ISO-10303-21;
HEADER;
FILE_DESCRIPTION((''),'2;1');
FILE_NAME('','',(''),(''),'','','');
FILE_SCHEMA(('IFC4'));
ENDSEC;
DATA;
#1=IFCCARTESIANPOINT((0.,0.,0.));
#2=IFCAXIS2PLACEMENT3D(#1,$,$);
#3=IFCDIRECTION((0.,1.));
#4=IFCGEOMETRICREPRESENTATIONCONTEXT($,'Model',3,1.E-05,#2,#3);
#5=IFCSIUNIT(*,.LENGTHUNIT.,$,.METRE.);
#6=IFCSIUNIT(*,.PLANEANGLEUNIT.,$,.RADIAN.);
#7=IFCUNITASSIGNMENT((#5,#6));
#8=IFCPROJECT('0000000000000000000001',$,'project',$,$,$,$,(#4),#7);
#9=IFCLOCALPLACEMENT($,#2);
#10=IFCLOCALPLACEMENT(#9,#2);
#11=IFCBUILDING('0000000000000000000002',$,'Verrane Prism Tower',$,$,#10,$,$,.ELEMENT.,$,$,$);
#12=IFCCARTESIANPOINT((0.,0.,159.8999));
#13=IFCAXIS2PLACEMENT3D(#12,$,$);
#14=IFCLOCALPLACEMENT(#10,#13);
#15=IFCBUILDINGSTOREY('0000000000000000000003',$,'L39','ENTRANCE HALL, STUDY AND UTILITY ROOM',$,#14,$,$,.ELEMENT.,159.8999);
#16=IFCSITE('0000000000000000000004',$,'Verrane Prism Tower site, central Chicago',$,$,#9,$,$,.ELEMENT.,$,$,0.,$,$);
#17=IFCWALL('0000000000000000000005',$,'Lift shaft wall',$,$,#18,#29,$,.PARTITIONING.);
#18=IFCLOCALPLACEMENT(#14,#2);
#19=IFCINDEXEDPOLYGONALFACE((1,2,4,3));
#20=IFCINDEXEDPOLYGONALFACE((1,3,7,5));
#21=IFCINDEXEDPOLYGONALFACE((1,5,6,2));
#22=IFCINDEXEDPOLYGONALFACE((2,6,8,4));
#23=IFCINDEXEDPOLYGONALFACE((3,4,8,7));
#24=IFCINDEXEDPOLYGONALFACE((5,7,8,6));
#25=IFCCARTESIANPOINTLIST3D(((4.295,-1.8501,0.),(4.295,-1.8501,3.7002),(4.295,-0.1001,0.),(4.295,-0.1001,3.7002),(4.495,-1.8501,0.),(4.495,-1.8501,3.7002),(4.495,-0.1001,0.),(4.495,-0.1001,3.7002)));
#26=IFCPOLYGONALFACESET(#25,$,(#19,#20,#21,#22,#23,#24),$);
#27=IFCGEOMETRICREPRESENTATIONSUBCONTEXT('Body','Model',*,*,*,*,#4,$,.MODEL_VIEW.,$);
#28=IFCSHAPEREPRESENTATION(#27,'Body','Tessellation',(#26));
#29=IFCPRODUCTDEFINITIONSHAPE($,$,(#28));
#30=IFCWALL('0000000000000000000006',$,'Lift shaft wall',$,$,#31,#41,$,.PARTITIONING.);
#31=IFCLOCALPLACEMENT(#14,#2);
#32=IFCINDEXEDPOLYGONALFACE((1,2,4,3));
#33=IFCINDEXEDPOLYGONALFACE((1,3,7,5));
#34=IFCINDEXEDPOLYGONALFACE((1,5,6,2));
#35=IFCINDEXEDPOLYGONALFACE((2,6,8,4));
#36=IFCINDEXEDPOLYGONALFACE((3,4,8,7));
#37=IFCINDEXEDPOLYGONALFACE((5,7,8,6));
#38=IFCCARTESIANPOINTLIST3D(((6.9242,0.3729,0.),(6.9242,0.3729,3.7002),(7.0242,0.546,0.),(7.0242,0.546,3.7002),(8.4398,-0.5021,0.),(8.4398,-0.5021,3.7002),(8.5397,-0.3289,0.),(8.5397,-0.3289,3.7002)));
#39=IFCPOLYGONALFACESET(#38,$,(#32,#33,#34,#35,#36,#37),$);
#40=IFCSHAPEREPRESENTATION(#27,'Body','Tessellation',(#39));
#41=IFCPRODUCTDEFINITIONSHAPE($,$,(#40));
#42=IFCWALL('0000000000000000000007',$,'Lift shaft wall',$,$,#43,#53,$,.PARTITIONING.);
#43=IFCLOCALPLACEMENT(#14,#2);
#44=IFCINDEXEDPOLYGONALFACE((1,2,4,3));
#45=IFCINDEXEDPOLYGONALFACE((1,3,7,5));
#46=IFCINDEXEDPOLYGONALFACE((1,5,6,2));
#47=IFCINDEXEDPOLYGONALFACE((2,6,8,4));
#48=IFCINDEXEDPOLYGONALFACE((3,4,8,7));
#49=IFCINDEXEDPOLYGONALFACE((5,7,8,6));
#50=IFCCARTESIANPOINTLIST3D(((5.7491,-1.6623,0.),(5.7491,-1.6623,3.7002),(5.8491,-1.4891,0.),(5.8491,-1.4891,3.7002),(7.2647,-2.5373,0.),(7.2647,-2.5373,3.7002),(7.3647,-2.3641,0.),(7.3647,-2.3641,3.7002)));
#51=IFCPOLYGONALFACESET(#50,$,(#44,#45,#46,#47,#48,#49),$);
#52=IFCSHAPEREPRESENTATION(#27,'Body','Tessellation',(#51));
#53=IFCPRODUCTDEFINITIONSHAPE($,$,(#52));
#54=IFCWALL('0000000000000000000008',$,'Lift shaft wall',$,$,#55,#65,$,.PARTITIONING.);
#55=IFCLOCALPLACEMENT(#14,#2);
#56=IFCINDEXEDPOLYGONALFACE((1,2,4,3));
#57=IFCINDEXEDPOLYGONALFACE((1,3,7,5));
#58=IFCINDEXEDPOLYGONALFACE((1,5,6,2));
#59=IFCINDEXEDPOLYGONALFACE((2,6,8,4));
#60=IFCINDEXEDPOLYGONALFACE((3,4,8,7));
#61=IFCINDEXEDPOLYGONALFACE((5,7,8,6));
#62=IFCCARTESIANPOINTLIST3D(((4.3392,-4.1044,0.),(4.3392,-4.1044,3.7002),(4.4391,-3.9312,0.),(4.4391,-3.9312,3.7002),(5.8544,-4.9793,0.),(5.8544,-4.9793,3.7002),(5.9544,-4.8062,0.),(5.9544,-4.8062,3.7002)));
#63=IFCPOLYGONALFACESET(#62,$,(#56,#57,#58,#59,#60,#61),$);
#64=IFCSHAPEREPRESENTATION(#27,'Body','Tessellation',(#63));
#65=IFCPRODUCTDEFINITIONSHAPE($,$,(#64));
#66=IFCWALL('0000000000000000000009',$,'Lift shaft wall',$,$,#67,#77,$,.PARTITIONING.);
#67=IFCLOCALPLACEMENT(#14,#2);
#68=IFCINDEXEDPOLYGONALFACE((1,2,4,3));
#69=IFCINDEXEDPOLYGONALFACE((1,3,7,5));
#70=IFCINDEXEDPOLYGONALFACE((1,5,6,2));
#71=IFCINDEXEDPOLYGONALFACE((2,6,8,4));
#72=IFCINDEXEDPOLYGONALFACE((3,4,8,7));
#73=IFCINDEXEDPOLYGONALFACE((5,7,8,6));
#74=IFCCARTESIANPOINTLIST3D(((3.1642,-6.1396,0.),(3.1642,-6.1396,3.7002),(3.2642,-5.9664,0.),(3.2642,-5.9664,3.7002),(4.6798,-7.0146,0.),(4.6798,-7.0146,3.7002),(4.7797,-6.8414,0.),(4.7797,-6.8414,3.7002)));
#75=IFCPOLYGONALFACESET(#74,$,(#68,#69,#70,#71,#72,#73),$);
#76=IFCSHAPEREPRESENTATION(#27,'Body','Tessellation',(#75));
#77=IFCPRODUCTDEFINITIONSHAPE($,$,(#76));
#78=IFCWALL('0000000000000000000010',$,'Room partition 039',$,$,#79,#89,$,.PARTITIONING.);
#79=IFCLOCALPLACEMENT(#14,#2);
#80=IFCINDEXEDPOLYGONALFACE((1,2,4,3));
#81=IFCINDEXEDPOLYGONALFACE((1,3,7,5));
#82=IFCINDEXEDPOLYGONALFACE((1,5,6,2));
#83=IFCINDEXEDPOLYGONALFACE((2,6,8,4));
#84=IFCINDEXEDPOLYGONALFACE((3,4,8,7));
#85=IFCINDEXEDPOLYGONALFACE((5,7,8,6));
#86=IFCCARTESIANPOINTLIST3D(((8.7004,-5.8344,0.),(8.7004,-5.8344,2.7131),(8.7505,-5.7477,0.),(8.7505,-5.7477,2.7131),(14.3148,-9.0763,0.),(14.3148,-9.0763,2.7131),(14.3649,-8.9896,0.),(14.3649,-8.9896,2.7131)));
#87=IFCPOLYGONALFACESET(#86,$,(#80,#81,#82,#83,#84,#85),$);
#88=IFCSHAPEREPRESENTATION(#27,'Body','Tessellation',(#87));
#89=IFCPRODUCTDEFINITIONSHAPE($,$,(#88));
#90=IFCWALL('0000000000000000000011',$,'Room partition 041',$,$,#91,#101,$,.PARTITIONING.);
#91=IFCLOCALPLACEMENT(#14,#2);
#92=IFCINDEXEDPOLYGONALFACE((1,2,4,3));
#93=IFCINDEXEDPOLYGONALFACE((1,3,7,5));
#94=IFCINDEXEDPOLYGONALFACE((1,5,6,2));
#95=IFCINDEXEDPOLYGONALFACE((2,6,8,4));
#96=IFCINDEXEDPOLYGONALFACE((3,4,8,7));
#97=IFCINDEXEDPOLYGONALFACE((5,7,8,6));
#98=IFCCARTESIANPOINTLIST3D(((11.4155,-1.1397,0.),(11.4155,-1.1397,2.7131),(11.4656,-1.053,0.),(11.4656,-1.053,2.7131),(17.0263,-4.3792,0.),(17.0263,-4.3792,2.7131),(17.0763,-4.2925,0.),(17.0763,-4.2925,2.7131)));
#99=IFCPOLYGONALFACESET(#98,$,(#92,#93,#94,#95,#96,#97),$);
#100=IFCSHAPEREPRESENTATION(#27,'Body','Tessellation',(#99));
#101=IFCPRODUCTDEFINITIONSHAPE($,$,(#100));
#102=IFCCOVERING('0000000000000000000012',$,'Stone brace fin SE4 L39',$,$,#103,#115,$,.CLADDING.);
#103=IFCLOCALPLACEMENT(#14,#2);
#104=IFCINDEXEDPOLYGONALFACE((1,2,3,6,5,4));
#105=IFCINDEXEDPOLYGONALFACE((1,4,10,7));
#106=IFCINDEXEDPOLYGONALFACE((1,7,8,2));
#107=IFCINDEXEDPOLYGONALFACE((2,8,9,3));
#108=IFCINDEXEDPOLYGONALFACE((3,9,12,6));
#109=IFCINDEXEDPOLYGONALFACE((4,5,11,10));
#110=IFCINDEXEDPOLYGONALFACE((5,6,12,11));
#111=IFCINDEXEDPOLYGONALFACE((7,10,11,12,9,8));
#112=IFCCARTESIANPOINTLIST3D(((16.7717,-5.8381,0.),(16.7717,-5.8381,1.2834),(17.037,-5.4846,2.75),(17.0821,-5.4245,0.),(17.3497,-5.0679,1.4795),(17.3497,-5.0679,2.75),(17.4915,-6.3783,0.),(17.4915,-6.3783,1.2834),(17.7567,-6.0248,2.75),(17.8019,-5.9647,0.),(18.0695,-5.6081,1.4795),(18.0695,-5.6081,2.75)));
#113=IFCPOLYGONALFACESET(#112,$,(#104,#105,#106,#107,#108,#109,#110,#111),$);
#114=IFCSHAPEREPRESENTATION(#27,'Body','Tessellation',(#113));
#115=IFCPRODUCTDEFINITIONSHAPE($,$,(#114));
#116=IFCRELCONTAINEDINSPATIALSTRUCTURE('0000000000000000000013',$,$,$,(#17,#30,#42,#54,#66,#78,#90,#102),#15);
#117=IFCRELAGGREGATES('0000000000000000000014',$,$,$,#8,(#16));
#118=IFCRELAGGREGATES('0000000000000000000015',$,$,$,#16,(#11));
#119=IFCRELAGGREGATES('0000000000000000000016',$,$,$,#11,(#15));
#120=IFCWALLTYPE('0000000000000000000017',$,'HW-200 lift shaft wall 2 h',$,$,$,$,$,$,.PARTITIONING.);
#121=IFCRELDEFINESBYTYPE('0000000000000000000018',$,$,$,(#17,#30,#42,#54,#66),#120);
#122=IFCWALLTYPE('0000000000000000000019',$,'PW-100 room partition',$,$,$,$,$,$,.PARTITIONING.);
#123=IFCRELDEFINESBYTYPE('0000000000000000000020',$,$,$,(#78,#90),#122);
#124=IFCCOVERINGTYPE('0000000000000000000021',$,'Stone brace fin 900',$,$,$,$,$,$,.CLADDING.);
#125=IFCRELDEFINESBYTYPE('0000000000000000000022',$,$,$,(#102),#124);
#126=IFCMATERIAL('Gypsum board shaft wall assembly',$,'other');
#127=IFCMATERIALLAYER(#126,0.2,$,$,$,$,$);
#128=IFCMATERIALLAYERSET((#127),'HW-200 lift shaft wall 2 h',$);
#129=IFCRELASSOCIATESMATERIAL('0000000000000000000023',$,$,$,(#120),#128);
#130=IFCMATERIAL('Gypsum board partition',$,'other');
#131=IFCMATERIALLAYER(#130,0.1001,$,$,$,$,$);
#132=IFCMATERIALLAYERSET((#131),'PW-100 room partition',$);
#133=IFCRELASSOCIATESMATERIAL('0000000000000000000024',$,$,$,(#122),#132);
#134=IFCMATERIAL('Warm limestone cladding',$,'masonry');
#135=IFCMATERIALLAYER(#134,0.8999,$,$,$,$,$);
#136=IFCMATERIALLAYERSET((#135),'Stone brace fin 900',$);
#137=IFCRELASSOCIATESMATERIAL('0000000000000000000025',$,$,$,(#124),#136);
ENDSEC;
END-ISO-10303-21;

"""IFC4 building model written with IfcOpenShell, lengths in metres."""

from ifc_helpers import new_model, si_unit, direction, frame, frame_2d, origin, place, context, subcontext, project, spatial, polyline, rectangle, outline, extrude, material, layer, layer_set, type_object, element, save


model = new_model("IFC4")

# Units and contexts
model_context = context("Model", 3, precision=1e-05, world=origin(), true_north=direction((0.0, 1.0)))
body_context = subcontext(model_context, "Body", "Model", "MODEL_VIEW")
ifc_project = project(units=[si_unit("LENGTHUNIT", "METRE"), si_unit("PLANEANGLEUNIT", "RADIAN")], contexts=[model_context])

# Site, building, storey
site_placement = place(None, origin())
site = spatial("IfcSite", under=ifc_project, at=site_placement, Name="Verrane Prism Tower site, central Chicago", CompositionType="ELEMENT", RefElevation=0.0)
building_placement = place(site_placement, origin())
building = spatial("IfcBuilding", under=site, at=building_placement, Name="Verrane Prism Tower", CompositionType="ELEMENT")
storey_placement = place(building_placement, frame((0.0, 0.0, 159.8999)))
storey = spatial("IfcBuildingStorey", under=building, at=storey_placement, Name="L39", Description="ENTRANCE HALL, STUDY AND UTILITY ROOM", CompositionType="ELEMENT", Elevation=159.8999)

# Walls
ifc_material_1 = material(Name="Gypsum board shaft wall assembly", Category="other")
ifc_layer_1 = layer(ifc_material_1, 0.2)
ifc_layer_set_1 = layer_set([ifc_layer_1], Name="HW-200 lift shaft wall 2 h")
wall_type_1 = type_object("IfcWallType", Name="HW-200 lift shaft wall 2 h", PredefinedType="PARTITIONING", material=ifc_layer_set_1)
for number, where, z_axis, x_axis, name in (
    (1, (4.395, -1.8501, 0.0), (0.0, 0.0, 1.0), (0.0, 1.0, 0.0), "Lift shaft wall"),
    (2, (8.4897, -0.4155, 0.0), (0.0, 0.0, 1.0), (-0.866037, 0.49998, 0.0), "Lift shaft wall"),
    (3, (7.3147, -2.4507, 0.0), (0.0, 0.0, 1.0), (-0.866037, 0.49998, 0.0), "Lift shaft wall"),
):
    element("IfcWall", number, at=place(storey_placement, frame(where, z_axis=z_axis, x_axis=x_axis)), inside=storey, type_object=wall_type_1, Name=name, PredefinedType="PARTITIONING", context=body_context, shape_type="SweptSolid", body=[
        extrude(rectangle(XDim=1.75, YDim=0.2, at=frame_2d((0.875, 0.0))), origin(), (0.0, 0.0, 1.0), 3.7002),
    ])
wall_1_placement = place(storey_placement, frame((5.9045, -4.8928, 0.0), z_axis=(0.0, 0.0, 1.0), x_axis=(-0.866002, 0.50004, 0.0)))
element("IfcWall", 4, at=wall_1_placement, inside=storey, type_object=wall_type_1, Name="Lift shaft wall", PredefinedType="PARTITIONING", context=body_context, shape_type="SweptSolid", body=[
    extrude(rectangle(XDim=1.7498, YDim=0.2, at=frame_2d((0.875, 0.0))), origin(), (0.0, 0.0, 1.0), 3.7002),
])
wall_2_placement = place(storey_placement, frame((4.7297, -6.928, 0.0), z_axis=(0.0, 0.0, 1.0), x_axis=(-0.866037, 0.49998, 0.0)))
element("IfcWall", 5, at=wall_2_placement, inside=storey, type_object=wall_type_1, Name="Lift shaft wall", PredefinedType="PARTITIONING", context=body_context, shape_type="SweptSolid", body=[
    extrude(rectangle(XDim=1.75, YDim=0.2, at=frame_2d((0.875, 0.0))), origin(), (0.0, 0.0, 1.0), 3.7002),
])
ifc_material_2 = material(Name="Gypsum board partition", Category="other")
ifc_layer_2 = layer(ifc_material_2, 0.1001)
ifc_layer_set_2 = layer_set([ifc_layer_2], Name="PW-100 room partition")
wall_type_2 = type_object("IfcWallType", Name="PW-100 room partition", PredefinedType="PARTITIONING", material=ifc_layer_set_2)
wall_3_placement = place(storey_placement, frame((8.7253, -5.791, 0.0), z_axis=(0.0, 0.0, 1.0), x_axis=(0.865998, -0.500047, 0.0)))
element("IfcWall", 6, at=wall_3_placement, inside=storey, type_object=wall_type_2, Name="Room partition 039", PredefinedType="PARTITIONING", context=body_context, shape_type="SweptSolid", body=[
    extrude(rectangle(XDim=6.4832, YDim=0.1001, at=frame_2d((3.2417, 0.0))), origin(), (0.0, 0.0, 1.0), 2.7131),
])
wall_4_placement = place(storey_placement, frame((11.4407, -1.0964, 0.0), z_axis=(0.0, 0.0, 1.0), x_axis=(0.86602, -0.500009, 0.0)))
element("IfcWall", 7, at=wall_4_placement, inside=storey, type_object=wall_type_2, Name="Room partition 041", PredefinedType="PARTITIONING", context=body_context, shape_type="SweptSolid", body=[
    extrude(rectangle(XDim=6.4788, YDim=0.1001, at=frame_2d((3.2393, 0.0))), origin(), (0.0, 0.0, 1.0), 2.7131),
])

# Covering
ifc_material_3 = material(Name="Warm limestone cladding", Category="masonry")
ifc_layer_3 = layer(ifc_material_3, 0.8999)
ifc_layer_set_3 = layer_set([ifc_layer_3], Name="Stone brace fin 900")
covering_type = type_object("IfcCoveringType", Name="Stone brace fin 900", PredefinedType="CLADDING", material=ifc_layer_set_3)
covering_placement = place(storey_placement, frame((17.1316, -6.1082, 0.0), z_axis=(0.0, 0.0, 1.0), x_axis=(0.600284, 0.799787, 0.0)))
element("IfcCovering", 8, at=covering_placement, inside=storey, type_object=covering_type, Name="Stone brace fin SE4 L39", PredefinedType="CLADDING", context=body_context, shape_type="SweptSolid", body=[
    extrude(outline(polyline([(0.9629, 2.75), (0.4419, 2.75), (0.0, 1.2834), (0.0, 0.0), (0.5171, 0.0), (0.9629, 1.4795), (0.9629, 2.75)])), frame((0.0, 0.45, 0.0), z_axis=(0.0, -1.0, 0.0), x_axis=(1.0, 0.0, 0.0)), (0.0, 0.0, 1.0), 0.8999),
])

save(model, "model.ifc")
